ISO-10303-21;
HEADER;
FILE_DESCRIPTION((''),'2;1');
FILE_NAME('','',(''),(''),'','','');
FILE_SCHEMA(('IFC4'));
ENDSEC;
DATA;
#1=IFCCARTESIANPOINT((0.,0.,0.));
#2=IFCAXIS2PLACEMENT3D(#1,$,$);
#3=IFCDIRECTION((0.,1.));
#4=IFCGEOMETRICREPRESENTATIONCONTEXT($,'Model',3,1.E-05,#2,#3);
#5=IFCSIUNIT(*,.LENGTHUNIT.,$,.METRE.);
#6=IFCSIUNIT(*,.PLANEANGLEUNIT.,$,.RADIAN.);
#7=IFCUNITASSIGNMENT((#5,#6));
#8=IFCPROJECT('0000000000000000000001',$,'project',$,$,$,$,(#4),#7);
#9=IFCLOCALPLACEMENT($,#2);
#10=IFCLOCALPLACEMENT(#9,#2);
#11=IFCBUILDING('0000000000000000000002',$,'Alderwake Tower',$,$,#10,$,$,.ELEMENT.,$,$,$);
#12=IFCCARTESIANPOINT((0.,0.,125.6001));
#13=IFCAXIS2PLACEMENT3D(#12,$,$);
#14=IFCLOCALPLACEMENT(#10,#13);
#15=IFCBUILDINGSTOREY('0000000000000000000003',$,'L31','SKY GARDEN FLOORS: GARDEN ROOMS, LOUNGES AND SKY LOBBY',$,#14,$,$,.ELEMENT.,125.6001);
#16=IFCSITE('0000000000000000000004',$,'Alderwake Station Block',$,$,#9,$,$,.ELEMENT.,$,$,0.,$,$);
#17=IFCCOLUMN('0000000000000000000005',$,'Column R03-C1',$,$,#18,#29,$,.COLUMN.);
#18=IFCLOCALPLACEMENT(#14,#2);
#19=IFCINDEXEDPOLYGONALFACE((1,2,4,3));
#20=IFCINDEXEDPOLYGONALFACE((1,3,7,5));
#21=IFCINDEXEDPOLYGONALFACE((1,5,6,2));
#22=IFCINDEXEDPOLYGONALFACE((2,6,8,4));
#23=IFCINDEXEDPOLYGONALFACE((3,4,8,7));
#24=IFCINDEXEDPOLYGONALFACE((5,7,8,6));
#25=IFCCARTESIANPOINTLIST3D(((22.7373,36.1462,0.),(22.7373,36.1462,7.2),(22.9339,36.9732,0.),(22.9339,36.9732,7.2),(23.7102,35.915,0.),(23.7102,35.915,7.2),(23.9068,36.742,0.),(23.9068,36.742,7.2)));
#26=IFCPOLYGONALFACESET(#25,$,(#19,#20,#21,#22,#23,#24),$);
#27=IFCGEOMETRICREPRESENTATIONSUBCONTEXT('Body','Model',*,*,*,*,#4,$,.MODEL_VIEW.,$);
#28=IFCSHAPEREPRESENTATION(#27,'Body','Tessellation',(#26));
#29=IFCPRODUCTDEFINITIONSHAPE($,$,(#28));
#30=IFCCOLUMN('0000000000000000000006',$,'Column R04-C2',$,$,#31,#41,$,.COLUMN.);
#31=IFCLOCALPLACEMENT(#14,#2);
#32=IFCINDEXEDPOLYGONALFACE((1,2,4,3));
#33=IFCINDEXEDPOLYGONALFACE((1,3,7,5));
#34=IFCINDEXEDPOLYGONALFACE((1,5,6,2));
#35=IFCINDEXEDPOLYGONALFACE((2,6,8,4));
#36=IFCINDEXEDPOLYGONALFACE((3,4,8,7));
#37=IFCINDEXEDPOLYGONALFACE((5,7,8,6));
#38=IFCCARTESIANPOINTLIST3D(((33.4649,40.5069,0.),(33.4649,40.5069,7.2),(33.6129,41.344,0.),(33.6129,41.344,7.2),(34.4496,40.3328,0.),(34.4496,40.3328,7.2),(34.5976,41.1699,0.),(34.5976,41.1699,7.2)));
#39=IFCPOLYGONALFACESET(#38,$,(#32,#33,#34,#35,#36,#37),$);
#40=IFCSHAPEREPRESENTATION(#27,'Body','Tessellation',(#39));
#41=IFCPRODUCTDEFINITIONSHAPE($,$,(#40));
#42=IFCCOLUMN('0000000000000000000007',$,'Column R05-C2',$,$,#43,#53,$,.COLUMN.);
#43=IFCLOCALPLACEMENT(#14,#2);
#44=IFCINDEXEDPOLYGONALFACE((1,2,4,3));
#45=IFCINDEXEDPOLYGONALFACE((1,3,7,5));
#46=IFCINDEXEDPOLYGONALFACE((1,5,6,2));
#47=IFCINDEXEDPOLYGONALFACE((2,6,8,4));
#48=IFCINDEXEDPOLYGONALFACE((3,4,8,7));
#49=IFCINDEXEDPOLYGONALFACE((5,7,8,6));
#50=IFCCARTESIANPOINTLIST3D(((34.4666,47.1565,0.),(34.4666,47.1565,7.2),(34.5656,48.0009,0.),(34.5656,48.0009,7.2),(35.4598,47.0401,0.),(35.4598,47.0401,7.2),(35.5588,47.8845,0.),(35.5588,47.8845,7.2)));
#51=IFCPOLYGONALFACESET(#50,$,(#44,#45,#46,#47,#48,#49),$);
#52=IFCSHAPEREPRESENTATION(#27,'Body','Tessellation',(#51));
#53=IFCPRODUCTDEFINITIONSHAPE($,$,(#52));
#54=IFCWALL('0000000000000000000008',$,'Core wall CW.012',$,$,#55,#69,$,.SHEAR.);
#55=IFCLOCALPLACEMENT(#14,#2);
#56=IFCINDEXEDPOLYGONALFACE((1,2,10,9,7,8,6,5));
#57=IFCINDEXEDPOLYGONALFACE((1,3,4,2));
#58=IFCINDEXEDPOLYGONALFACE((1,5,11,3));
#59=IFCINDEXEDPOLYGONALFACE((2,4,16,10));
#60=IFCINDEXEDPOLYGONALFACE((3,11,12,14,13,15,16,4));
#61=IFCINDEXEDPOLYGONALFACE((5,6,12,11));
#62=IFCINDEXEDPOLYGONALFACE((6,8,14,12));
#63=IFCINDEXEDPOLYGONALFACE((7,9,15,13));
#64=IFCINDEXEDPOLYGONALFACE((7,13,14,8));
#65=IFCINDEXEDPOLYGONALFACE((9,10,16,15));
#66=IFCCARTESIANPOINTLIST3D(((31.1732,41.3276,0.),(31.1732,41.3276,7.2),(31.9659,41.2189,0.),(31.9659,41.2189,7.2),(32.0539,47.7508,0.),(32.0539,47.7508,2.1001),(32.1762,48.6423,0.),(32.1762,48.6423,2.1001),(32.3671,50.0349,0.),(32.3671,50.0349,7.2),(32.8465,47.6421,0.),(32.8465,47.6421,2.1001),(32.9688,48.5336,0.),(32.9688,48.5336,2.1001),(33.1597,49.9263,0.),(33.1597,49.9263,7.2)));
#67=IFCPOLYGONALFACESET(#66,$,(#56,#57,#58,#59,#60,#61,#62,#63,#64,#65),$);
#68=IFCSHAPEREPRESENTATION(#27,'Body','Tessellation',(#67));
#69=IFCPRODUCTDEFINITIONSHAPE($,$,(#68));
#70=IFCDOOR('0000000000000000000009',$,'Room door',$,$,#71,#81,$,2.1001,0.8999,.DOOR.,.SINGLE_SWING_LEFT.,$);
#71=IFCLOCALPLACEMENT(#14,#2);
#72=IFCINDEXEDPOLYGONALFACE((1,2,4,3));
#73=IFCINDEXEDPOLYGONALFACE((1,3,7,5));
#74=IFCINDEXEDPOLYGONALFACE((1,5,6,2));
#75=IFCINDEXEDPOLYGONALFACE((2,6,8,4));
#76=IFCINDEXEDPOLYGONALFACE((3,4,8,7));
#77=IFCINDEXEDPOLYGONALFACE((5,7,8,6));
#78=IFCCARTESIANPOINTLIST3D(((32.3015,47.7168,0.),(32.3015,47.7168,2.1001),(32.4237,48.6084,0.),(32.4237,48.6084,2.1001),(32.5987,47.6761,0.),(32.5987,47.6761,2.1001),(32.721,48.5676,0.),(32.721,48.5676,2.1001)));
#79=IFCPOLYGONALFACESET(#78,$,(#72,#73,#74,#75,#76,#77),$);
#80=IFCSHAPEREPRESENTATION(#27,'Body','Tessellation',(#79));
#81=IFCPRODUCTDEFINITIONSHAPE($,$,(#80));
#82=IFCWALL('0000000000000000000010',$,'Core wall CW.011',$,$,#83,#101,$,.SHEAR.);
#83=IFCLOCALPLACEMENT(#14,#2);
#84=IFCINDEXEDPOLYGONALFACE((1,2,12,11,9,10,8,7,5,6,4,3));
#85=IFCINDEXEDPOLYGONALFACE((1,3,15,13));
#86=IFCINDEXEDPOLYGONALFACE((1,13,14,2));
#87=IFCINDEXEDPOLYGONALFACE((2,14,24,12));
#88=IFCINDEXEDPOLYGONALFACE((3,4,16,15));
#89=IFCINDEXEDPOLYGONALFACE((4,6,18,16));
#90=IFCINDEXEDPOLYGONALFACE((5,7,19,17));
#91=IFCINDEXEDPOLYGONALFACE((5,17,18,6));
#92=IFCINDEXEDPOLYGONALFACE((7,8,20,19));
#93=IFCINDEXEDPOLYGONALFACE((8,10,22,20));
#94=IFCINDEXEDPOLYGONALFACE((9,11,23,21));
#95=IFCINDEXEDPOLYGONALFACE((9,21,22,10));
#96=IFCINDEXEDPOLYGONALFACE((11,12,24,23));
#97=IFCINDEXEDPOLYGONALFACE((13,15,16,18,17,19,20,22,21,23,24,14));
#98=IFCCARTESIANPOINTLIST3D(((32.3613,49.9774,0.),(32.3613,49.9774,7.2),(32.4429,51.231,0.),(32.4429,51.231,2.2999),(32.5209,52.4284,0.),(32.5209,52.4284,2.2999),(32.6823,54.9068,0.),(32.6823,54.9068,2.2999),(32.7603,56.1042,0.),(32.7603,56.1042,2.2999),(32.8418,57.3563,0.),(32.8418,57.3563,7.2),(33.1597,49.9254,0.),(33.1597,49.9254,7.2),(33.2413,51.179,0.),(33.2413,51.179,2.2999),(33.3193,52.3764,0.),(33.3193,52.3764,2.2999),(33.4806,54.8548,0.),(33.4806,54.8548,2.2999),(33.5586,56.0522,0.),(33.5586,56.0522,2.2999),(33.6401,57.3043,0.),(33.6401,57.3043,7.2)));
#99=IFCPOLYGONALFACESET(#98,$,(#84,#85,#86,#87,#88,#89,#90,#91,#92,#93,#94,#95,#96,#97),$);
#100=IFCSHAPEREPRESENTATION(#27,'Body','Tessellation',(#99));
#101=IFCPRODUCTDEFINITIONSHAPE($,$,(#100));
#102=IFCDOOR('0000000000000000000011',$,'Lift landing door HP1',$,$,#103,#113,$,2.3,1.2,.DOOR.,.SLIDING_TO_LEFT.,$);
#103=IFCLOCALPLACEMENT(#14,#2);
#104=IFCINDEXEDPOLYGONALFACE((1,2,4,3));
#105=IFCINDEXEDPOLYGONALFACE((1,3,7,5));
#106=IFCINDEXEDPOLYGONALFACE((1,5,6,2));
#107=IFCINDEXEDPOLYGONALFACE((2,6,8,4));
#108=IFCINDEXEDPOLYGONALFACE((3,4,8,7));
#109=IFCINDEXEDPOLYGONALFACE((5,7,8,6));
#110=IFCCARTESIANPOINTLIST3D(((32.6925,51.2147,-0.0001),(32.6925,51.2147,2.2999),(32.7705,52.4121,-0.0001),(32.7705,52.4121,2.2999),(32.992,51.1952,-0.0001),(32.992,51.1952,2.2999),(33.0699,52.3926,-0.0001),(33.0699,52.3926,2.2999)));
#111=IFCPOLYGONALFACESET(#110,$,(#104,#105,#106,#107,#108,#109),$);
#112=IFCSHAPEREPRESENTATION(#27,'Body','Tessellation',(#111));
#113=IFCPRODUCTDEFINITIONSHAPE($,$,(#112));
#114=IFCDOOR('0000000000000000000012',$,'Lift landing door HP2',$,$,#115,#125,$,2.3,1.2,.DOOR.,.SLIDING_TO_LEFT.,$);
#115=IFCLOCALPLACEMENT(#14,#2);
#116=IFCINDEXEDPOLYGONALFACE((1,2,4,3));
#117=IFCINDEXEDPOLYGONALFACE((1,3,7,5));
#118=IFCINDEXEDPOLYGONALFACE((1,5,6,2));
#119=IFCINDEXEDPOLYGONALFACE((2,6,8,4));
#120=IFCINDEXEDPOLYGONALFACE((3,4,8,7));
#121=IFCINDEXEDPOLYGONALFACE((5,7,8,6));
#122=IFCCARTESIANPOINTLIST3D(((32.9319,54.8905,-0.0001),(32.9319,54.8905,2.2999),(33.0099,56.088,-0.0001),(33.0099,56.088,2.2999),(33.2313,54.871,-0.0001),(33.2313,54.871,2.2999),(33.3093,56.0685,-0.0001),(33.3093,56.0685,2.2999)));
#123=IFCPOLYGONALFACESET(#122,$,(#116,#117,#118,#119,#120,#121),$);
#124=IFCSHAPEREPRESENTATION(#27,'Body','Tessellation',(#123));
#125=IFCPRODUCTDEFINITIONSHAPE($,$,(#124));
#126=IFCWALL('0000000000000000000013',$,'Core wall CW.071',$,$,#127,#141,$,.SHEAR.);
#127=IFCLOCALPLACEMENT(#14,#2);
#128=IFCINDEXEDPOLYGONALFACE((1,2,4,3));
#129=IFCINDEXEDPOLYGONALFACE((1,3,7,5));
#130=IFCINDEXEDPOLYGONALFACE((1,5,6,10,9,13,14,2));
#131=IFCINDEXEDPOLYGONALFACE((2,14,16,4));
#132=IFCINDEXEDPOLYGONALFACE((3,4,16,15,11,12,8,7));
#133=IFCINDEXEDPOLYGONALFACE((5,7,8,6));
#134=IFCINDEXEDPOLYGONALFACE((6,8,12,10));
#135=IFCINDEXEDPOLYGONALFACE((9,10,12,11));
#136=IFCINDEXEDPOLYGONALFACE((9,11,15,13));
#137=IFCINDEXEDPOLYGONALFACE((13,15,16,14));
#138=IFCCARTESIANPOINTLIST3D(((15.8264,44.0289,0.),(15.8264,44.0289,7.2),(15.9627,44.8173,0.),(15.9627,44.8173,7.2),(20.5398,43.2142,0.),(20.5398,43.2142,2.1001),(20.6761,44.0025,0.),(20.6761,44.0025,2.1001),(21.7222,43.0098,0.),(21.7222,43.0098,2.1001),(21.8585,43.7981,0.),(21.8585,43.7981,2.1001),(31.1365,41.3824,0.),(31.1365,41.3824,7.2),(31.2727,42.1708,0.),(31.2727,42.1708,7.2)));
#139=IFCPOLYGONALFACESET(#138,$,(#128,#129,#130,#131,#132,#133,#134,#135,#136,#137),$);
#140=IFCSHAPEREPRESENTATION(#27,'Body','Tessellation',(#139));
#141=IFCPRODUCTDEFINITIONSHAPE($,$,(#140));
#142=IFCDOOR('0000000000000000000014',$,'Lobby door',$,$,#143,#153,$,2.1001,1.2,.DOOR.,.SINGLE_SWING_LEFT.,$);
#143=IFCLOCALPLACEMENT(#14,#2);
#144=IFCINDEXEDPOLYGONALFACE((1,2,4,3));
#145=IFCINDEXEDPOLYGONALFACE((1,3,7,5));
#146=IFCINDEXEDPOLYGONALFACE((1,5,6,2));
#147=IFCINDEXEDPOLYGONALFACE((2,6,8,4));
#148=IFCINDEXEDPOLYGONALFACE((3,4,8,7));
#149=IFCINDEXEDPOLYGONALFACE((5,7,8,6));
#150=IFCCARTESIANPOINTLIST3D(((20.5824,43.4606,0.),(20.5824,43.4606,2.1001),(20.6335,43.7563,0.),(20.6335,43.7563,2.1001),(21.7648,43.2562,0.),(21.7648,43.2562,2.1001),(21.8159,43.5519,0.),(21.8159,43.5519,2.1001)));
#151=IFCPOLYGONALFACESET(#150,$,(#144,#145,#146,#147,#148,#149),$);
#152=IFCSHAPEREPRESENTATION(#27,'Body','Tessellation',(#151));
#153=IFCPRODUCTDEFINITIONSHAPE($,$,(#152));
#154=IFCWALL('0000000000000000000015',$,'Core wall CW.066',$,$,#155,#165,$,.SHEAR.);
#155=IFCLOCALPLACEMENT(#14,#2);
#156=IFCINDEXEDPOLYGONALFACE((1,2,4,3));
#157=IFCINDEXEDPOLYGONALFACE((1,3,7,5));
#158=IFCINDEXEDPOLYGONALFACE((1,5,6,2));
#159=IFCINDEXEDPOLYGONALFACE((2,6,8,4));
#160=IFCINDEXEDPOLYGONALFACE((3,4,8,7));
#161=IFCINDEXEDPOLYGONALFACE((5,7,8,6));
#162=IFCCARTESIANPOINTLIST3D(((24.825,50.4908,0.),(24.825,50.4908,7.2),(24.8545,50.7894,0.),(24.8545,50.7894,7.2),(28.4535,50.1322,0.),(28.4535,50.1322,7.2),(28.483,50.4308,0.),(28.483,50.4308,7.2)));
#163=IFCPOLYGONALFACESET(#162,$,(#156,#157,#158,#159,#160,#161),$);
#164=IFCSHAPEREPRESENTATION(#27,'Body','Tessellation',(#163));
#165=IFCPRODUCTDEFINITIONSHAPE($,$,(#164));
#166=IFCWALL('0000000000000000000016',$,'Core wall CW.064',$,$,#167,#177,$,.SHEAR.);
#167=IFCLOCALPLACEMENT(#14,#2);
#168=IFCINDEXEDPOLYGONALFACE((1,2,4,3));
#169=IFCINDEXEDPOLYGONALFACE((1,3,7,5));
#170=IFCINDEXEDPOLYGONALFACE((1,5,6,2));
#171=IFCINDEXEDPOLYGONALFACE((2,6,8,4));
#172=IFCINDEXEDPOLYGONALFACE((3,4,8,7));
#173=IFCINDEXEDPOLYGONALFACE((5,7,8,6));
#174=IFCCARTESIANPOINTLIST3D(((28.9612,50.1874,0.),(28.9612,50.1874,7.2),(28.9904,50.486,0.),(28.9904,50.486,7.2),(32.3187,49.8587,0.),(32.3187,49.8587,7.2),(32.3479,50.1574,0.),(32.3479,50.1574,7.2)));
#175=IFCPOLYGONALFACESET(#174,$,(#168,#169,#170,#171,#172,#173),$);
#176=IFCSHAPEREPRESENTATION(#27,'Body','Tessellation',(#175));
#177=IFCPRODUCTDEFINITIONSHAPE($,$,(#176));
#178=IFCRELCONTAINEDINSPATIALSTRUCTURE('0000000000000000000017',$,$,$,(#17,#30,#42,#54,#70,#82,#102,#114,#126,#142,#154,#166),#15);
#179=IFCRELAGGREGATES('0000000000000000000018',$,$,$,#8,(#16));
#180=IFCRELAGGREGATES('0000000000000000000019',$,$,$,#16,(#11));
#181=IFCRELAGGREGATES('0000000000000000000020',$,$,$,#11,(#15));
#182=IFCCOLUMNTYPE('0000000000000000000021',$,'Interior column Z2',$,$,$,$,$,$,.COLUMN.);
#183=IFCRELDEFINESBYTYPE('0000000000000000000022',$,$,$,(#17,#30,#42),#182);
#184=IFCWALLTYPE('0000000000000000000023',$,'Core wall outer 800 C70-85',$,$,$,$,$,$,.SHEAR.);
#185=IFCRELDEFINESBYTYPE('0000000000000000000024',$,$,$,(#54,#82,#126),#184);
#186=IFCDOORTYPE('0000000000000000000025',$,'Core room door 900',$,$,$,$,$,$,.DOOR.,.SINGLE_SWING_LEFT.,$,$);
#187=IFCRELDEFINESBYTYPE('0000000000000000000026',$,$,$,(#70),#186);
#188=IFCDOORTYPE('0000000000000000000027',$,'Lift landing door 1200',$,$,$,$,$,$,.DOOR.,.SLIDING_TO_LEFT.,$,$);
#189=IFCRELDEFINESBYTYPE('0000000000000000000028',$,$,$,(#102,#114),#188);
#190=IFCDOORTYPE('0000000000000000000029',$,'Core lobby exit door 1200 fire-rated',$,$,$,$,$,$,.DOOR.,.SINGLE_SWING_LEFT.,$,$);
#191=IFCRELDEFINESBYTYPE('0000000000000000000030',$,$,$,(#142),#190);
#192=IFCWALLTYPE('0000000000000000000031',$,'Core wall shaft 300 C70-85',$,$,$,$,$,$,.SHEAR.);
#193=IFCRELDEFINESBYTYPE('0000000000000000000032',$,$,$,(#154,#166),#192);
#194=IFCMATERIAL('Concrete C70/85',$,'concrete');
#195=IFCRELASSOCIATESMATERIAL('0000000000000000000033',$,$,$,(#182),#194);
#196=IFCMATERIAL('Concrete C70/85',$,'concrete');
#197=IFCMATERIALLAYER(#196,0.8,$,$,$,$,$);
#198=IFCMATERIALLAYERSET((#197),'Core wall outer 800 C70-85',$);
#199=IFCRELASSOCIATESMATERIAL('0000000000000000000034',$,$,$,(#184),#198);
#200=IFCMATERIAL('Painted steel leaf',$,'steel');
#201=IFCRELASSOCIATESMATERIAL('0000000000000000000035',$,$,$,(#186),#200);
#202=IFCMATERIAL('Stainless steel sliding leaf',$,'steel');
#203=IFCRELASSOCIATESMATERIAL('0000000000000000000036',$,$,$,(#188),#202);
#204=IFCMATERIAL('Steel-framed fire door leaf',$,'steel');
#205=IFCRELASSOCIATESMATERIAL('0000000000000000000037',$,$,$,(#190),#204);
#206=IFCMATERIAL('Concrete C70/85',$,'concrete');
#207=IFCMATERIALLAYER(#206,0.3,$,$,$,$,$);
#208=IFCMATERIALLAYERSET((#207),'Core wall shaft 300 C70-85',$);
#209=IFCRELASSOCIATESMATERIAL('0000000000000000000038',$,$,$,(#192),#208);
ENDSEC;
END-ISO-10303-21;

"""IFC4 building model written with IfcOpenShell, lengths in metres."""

from ifc_helpers import new_model, si_unit, direction, frame, frame_2d, origin, origin_2d, place, context, subcontext, project, spatial, rectangle, extrude, material, layer, layer_set, material_profile, profile_set, type_object, element, fill, save


model = new_model("IFC4")

# Units and contexts
model_context = context("Model", 3, precision=1e-05, world=origin(), true_north=direction((0.0, 1.0)))
body_context = subcontext(model_context, "Body", "Model", "MODEL_VIEW")
ifc_project = project(units=[si_unit("LENGTHUNIT", "METRE"), si_unit("PLANEANGLEUNIT", "RADIAN")], contexts=[model_context])

# Site, building, storey
site_placement = place(None, origin())
site = spatial("IfcSite", under=ifc_project, at=site_placement, Name="Alderwake Station Block", CompositionType="ELEMENT", RefElevation=0.0)
building_placement = place(site_placement, origin())
building = spatial("IfcBuilding", under=site, at=building_placement, Name="Alderwake Tower", CompositionType="ELEMENT")
storey_placement = place(building_placement, frame((0.0, 0.0, 125.6001)))
storey = spatial("IfcBuildingStorey", under=building, at=storey_placement, Name="L31", Description="SKY GARDEN FLOORS: GARDEN ROOMS, LOUNGES AND SKY LOBBY", CompositionType="ELEMENT", Elevation=125.6001)

# Columns
ifc_material_1 = material(Name="Concrete C70/85", Category="concrete")
ifc_material_profile = material_profile(ifc_material_1, rectangle(XDim=0.8501, YDim=1.0, at=origin_2d()), Name="RC 1000X850")
ifc_profile_set = profile_set([ifc_material_profile], Name="Concrete C70/85")
column_type = type_object("IfcColumnType", Name="Interior column Z2", PredefinedType="COLUMN", material=ifc_profile_set)
for number, where, z_axis, x_axis, name in (
    (1, (23.322, 36.4441, 0.0), (0.0, 0.0, 1.0), (0.231222, 0.972901, 0.0), "Column R03-C1"),
    (2, (34.0312, 40.8384, 0.0), (0.0, 0.0, 1.0), (0.174109, 0.984726, 0.0), "Column R04-C2"),
    (3, (35.0127, 47.5205, 0.0), (0.0, 0.0, 1.0), (0.116402, 0.993202, 0.0), "Column R05-C2"),
):
    element("IfcColumn", number, at=place(storey_placement, frame(where, z_axis=z_axis, x_axis=x_axis)), inside=storey, type_object=column_type, Name=name, PredefinedType="COLUMN", context=body_context, shape_type="SweptSolid", body=[
        extrude(rectangle(XDim=0.8501, YDim=1.0, at=origin_2d()), origin(), (0.0, 0.0, 1.0), 7.2),
    ])

# Wall, opening, door
ifc_material_2 = material(Name="Concrete C70/85", Category="concrete")
ifc_layer_1 = layer(ifc_material_2, 0.8)
ifc_layer_set_1 = layer_set([ifc_layer_1], Name="Core wall outer 800 C70-85")
wall_type_1 = type_object("IfcWallType", Name="Core wall outer 800 C70-85", PredefinedType="SHEAR", material=ifc_layer_set_1)
wall_1_placement = place(storey_placement, frame((32.7634, 49.9807, 0.0), z_axis=(0.0, 0.0, 1.0), x_axis=(-0.135838, -0.990731, 0.0)))
wall_1 = element("IfcWall", 4, at=wall_1_placement, inside=storey, type_object=wall_type_1, Name="Core wall CW.012", PredefinedType="SHEAR", context=body_context, shape_type="SweptSolid", body=[
    extrude(rectangle(XDim=8.7888, YDim=0.8, at=frame_2d((4.3945, 0.0))), origin(), (0.0, 0.0, 1.0), 7.2),
])
opening_1_placement = place(wall_1_placement, frame((1.4058, 0.0, 0.0)))
opening_1 = element("IfcOpeningElement", 5, at=opening_1_placement, cuts=wall_1, PredefinedType="OPENING", context=body_context, shape_type="SweptSolid", body=[
    extrude(rectangle(XDim=0.8999, YDim=2.1001, at=frame_2d((0.45, 1.05))), frame((0.0, 0.4099, 0.0), z_axis=(0.0, -1.0, 0.0), x_axis=(1.0, 0.0, 0.0)), (0.0, 0.0, 1.0), 0.8201),
])
ifc_material_3 = material(Name="Painted steel leaf", Category="steel")
door_type_1 = type_object("IfcDoorType", Name="Core room door 900", OperationType="SINGLE_SWING_LEFT", PredefinedType="DOOR", material=ifc_material_3)
door_1_placement = place(opening_1_placement, origin())
door_1 = element("IfcDoor", 6, at=door_1_placement, inside=storey, type_object=door_type_1, Name="Room door", OperationType="SINGLE_SWING_LEFT", OverallHeight=2.1001, OverallWidth=0.8999, PredefinedType="DOOR", context=body_context, shape_type="SweptSolid", body=[
    extrude(rectangle(XDim=0.8999, YDim=2.1001, at=frame_2d((0.45, 1.05))), frame((0.0, 0.1499, 0.0), z_axis=(0.0, -1.0, 0.0), x_axis=(1.0, 0.0, 0.0)), (0.0, 0.0, 1.0), 0.3),
])
fill(opening_1, door_1)

# Wall, openings, doors
wall_2_placement = place(storey_placement, frame((32.7605, 49.9514, 0.0), z_axis=(0.0, 0.0, 1.0), x_axis=(0.064976, 0.997887, 0.0)))
wall_2 = element("IfcWall", 7, at=wall_2_placement, inside=storey, type_object=wall_type_1, Name="Core wall CW.011", PredefinedType="SHEAR", context=body_context, shape_type="SweptSolid", body=[
    extrude(rectangle(XDim=7.3945, YDim=0.8, at=frame_2d((3.6973, 0.0))), origin(), (0.0, 0.0, 1.0), 7.2),
])
opening_2_placement = place(wall_2_placement, frame((1.2561, 0.0, 0.0)))
opening_2 = element("IfcOpeningElement", 8, at=opening_2_placement, cuts=wall_2, PredefinedType="OPENING", context=body_context, shape_type="SweptSolid", body=[
    extrude(rectangle(XDim=1.2, YDim=2.3, at=frame_2d((0.6001, 1.1499))), frame((0.0, 0.4099, 0.0), z_axis=(0.0, -1.0, 0.0), x_axis=(1.0, 0.0, 0.0)), (0.0, 0.0, 1.0), 0.8201),
])
opening_3_placement = place(wall_2_placement, frame((4.9397, 0.0, 0.0)))
opening_3 = element("IfcOpeningElement", 9, at=opening_3_placement, cuts=wall_2, PredefinedType="OPENING", context=body_context, shape_type="SweptSolid", body=[
    extrude(rectangle(XDim=1.2, YDim=2.3, at=frame_2d((0.6001, 1.1499))), frame((0.0, 0.4099, 0.0), z_axis=(0.0, -1.0, 0.0), x_axis=(1.0, 0.0, 0.0)), (0.0, 0.0, 1.0), 0.8201),
])
ifc_material_4 = material(Name="Stainless steel sliding leaf", Category="steel")
door_type_2 = type_object("IfcDoorType", Name="Lift landing door 1200", OperationType="SLIDING_TO_LEFT", PredefinedType="DOOR", material=ifc_material_4)
door_2_placement = place(opening_2_placement, origin())
door_2 = element("IfcDoor", 10, at=door_2_placement, inside=storey, type_object=door_type_2, Name="Lift landing door HP1", OperationType="SLIDING_TO_LEFT", OverallHeight=2.3, OverallWidth=1.2, PredefinedType="DOOR", context=body_context, shape_type="SweptSolid", body=[
    extrude(rectangle(XDim=1.2, YDim=2.3, at=frame_2d((0.6001, 1.1499))), frame((0.0, 0.1499, 0.0), z_axis=(0.0, -1.0, 0.0), x_axis=(1.0, 0.0, 0.0)), (0.0, 0.0, 1.0), 0.3),
])
fill(opening_2, door_2)
door_3_placement = place(opening_3_placement, origin())
door_3 = element("IfcDoor", 11, at=door_3_placement, inside=storey, type_object=door_type_2, Name="Lift landing door HP2", OperationType="SLIDING_TO_LEFT", OverallHeight=2.3, OverallWidth=1.2, PredefinedType="DOOR", context=body_context, shape_type="SweptSolid", body=[
    extrude(rectangle(XDim=1.2, YDim=2.3, at=frame_2d((0.6001, 1.1499))), frame((0.0, 0.1499, 0.0), z_axis=(0.0, -1.0, 0.0), x_axis=(1.0, 0.0, 0.0)), (0.0, 0.0, 1.0), 0.3),
])
fill(opening_3, door_3)

# Wall, opening, door
wall_3_placement = place(storey_placement, frame((31.2046, 41.7766, 0.0), z_axis=(0.0, 0.0, 1.0), x_axis=(-0.985387, 0.170333, 0.0)))
wall_3 = element("IfcWall", 12, at=wall_3_placement, inside=storey, type_object=wall_type_1, Name="Core wall CW.071", PredefinedType="SHEAR", context=body_context, shape_type="SweptSolid", body=[
    extrude(rectangle(XDim=15.5371, YDim=0.8, at=frame_2d((7.7686, 0.0))), origin(), (0.0, 0.0, 1.0), 7.2),
])
opening_4_placement = place(wall_3_placement, frame((9.5537, 0.0, 0.0)))
opening_4 = element("IfcOpeningElement", 13, at=opening_4_placement, cuts=wall_3, PredefinedType="OPENING", context=body_context, shape_type="SweptSolid", body=[
    extrude(rectangle(XDim=1.2, YDim=2.1001, at=frame_2d((0.6001, 1.05))), frame((0.0, 0.4099, 0.0), z_axis=(0.0, -1.0, 0.0), x_axis=(1.0, 0.0, 0.0)), (0.0, 0.0, 1.0), 0.8201),
])
ifc_material_5 = material(Name="Steel-framed fire door leaf", Category="steel")
door_type_3 = type_object("IfcDoorType", Name="Core lobby exit door 1200 fire-rated", OperationType="SINGLE_SWING_LEFT", PredefinedType="DOOR", material=ifc_material_5)
door_4_placement = place(opening_4_placement, origin())
door_4 = element("IfcDoor", 14, at=door_4_placement, inside=storey, type_object=door_type_3, Name="Lobby door", OperationType="SINGLE_SWING_LEFT", OverallHeight=2.1001, OverallWidth=1.2, PredefinedType="DOOR", context=body_context, shape_type="SweptSolid", body=[
    extrude(rectangle(XDim=1.2, YDim=2.1001, at=frame_2d((0.6001, 1.05))), frame((0.0, 0.1499, 0.0), z_axis=(0.0, -1.0, 0.0), x_axis=(1.0, 0.0, 0.0)), (0.0, 0.0, 1.0), 0.3),
])
fill(opening_4, door_4)

# Walls
ifc_material_6 = material(Name="Concrete C70/85", Category="concrete")
ifc_layer_2 = layer(ifc_material_6, 0.3)
ifc_layer_set_2 = layer_set([ifc_layer_2], Name="Core wall shaft 300 C70-85")
wall_type_2 = type_object("IfcWallType", Name="Core wall shaft 300 C70-85", PredefinedType="SHEAR", material=ifc_layer_set_2)
wall_4_placement = place(storey_placement, frame((24.8396, 50.6401, 0.0), z_axis=(0.0, 0.0, 1.0), x_axis=(0.995151, -0.098357, 0.0)))
element("IfcWall", 15, at=wall_4_placement, inside=storey, type_object=wall_type_2, Name="Core wall CW.066", PredefinedType="SHEAR", context=body_context, shape_type="SweptSolid", body=[
    extrude(rectangle(XDim=3.6462, YDim=0.3, at=frame_2d((1.8232, 0.0))), origin(), (0.0, 0.0, 1.0), 7.2),
])
wall_5_placement = place(storey_placement, frame((28.9758, 50.3367, 0.0), z_axis=(0.0, 0.0, 1.0), x_axis=(0.995244, -0.097411, 0.0)))
element("IfcWall", 16, at=wall_5_placement, inside=storey, type_object=wall_type_2, Name="Core wall CW.064", PredefinedType="SHEAR", context=body_context, shape_type="SweptSolid", body=[
    extrude(rectangle(XDim=3.3735, YDim=0.3, at=frame_2d((1.6868, 0.0))), origin(), (0.0, 0.0, 1.0), 7.2),
])

save(model, "model.ifc")
